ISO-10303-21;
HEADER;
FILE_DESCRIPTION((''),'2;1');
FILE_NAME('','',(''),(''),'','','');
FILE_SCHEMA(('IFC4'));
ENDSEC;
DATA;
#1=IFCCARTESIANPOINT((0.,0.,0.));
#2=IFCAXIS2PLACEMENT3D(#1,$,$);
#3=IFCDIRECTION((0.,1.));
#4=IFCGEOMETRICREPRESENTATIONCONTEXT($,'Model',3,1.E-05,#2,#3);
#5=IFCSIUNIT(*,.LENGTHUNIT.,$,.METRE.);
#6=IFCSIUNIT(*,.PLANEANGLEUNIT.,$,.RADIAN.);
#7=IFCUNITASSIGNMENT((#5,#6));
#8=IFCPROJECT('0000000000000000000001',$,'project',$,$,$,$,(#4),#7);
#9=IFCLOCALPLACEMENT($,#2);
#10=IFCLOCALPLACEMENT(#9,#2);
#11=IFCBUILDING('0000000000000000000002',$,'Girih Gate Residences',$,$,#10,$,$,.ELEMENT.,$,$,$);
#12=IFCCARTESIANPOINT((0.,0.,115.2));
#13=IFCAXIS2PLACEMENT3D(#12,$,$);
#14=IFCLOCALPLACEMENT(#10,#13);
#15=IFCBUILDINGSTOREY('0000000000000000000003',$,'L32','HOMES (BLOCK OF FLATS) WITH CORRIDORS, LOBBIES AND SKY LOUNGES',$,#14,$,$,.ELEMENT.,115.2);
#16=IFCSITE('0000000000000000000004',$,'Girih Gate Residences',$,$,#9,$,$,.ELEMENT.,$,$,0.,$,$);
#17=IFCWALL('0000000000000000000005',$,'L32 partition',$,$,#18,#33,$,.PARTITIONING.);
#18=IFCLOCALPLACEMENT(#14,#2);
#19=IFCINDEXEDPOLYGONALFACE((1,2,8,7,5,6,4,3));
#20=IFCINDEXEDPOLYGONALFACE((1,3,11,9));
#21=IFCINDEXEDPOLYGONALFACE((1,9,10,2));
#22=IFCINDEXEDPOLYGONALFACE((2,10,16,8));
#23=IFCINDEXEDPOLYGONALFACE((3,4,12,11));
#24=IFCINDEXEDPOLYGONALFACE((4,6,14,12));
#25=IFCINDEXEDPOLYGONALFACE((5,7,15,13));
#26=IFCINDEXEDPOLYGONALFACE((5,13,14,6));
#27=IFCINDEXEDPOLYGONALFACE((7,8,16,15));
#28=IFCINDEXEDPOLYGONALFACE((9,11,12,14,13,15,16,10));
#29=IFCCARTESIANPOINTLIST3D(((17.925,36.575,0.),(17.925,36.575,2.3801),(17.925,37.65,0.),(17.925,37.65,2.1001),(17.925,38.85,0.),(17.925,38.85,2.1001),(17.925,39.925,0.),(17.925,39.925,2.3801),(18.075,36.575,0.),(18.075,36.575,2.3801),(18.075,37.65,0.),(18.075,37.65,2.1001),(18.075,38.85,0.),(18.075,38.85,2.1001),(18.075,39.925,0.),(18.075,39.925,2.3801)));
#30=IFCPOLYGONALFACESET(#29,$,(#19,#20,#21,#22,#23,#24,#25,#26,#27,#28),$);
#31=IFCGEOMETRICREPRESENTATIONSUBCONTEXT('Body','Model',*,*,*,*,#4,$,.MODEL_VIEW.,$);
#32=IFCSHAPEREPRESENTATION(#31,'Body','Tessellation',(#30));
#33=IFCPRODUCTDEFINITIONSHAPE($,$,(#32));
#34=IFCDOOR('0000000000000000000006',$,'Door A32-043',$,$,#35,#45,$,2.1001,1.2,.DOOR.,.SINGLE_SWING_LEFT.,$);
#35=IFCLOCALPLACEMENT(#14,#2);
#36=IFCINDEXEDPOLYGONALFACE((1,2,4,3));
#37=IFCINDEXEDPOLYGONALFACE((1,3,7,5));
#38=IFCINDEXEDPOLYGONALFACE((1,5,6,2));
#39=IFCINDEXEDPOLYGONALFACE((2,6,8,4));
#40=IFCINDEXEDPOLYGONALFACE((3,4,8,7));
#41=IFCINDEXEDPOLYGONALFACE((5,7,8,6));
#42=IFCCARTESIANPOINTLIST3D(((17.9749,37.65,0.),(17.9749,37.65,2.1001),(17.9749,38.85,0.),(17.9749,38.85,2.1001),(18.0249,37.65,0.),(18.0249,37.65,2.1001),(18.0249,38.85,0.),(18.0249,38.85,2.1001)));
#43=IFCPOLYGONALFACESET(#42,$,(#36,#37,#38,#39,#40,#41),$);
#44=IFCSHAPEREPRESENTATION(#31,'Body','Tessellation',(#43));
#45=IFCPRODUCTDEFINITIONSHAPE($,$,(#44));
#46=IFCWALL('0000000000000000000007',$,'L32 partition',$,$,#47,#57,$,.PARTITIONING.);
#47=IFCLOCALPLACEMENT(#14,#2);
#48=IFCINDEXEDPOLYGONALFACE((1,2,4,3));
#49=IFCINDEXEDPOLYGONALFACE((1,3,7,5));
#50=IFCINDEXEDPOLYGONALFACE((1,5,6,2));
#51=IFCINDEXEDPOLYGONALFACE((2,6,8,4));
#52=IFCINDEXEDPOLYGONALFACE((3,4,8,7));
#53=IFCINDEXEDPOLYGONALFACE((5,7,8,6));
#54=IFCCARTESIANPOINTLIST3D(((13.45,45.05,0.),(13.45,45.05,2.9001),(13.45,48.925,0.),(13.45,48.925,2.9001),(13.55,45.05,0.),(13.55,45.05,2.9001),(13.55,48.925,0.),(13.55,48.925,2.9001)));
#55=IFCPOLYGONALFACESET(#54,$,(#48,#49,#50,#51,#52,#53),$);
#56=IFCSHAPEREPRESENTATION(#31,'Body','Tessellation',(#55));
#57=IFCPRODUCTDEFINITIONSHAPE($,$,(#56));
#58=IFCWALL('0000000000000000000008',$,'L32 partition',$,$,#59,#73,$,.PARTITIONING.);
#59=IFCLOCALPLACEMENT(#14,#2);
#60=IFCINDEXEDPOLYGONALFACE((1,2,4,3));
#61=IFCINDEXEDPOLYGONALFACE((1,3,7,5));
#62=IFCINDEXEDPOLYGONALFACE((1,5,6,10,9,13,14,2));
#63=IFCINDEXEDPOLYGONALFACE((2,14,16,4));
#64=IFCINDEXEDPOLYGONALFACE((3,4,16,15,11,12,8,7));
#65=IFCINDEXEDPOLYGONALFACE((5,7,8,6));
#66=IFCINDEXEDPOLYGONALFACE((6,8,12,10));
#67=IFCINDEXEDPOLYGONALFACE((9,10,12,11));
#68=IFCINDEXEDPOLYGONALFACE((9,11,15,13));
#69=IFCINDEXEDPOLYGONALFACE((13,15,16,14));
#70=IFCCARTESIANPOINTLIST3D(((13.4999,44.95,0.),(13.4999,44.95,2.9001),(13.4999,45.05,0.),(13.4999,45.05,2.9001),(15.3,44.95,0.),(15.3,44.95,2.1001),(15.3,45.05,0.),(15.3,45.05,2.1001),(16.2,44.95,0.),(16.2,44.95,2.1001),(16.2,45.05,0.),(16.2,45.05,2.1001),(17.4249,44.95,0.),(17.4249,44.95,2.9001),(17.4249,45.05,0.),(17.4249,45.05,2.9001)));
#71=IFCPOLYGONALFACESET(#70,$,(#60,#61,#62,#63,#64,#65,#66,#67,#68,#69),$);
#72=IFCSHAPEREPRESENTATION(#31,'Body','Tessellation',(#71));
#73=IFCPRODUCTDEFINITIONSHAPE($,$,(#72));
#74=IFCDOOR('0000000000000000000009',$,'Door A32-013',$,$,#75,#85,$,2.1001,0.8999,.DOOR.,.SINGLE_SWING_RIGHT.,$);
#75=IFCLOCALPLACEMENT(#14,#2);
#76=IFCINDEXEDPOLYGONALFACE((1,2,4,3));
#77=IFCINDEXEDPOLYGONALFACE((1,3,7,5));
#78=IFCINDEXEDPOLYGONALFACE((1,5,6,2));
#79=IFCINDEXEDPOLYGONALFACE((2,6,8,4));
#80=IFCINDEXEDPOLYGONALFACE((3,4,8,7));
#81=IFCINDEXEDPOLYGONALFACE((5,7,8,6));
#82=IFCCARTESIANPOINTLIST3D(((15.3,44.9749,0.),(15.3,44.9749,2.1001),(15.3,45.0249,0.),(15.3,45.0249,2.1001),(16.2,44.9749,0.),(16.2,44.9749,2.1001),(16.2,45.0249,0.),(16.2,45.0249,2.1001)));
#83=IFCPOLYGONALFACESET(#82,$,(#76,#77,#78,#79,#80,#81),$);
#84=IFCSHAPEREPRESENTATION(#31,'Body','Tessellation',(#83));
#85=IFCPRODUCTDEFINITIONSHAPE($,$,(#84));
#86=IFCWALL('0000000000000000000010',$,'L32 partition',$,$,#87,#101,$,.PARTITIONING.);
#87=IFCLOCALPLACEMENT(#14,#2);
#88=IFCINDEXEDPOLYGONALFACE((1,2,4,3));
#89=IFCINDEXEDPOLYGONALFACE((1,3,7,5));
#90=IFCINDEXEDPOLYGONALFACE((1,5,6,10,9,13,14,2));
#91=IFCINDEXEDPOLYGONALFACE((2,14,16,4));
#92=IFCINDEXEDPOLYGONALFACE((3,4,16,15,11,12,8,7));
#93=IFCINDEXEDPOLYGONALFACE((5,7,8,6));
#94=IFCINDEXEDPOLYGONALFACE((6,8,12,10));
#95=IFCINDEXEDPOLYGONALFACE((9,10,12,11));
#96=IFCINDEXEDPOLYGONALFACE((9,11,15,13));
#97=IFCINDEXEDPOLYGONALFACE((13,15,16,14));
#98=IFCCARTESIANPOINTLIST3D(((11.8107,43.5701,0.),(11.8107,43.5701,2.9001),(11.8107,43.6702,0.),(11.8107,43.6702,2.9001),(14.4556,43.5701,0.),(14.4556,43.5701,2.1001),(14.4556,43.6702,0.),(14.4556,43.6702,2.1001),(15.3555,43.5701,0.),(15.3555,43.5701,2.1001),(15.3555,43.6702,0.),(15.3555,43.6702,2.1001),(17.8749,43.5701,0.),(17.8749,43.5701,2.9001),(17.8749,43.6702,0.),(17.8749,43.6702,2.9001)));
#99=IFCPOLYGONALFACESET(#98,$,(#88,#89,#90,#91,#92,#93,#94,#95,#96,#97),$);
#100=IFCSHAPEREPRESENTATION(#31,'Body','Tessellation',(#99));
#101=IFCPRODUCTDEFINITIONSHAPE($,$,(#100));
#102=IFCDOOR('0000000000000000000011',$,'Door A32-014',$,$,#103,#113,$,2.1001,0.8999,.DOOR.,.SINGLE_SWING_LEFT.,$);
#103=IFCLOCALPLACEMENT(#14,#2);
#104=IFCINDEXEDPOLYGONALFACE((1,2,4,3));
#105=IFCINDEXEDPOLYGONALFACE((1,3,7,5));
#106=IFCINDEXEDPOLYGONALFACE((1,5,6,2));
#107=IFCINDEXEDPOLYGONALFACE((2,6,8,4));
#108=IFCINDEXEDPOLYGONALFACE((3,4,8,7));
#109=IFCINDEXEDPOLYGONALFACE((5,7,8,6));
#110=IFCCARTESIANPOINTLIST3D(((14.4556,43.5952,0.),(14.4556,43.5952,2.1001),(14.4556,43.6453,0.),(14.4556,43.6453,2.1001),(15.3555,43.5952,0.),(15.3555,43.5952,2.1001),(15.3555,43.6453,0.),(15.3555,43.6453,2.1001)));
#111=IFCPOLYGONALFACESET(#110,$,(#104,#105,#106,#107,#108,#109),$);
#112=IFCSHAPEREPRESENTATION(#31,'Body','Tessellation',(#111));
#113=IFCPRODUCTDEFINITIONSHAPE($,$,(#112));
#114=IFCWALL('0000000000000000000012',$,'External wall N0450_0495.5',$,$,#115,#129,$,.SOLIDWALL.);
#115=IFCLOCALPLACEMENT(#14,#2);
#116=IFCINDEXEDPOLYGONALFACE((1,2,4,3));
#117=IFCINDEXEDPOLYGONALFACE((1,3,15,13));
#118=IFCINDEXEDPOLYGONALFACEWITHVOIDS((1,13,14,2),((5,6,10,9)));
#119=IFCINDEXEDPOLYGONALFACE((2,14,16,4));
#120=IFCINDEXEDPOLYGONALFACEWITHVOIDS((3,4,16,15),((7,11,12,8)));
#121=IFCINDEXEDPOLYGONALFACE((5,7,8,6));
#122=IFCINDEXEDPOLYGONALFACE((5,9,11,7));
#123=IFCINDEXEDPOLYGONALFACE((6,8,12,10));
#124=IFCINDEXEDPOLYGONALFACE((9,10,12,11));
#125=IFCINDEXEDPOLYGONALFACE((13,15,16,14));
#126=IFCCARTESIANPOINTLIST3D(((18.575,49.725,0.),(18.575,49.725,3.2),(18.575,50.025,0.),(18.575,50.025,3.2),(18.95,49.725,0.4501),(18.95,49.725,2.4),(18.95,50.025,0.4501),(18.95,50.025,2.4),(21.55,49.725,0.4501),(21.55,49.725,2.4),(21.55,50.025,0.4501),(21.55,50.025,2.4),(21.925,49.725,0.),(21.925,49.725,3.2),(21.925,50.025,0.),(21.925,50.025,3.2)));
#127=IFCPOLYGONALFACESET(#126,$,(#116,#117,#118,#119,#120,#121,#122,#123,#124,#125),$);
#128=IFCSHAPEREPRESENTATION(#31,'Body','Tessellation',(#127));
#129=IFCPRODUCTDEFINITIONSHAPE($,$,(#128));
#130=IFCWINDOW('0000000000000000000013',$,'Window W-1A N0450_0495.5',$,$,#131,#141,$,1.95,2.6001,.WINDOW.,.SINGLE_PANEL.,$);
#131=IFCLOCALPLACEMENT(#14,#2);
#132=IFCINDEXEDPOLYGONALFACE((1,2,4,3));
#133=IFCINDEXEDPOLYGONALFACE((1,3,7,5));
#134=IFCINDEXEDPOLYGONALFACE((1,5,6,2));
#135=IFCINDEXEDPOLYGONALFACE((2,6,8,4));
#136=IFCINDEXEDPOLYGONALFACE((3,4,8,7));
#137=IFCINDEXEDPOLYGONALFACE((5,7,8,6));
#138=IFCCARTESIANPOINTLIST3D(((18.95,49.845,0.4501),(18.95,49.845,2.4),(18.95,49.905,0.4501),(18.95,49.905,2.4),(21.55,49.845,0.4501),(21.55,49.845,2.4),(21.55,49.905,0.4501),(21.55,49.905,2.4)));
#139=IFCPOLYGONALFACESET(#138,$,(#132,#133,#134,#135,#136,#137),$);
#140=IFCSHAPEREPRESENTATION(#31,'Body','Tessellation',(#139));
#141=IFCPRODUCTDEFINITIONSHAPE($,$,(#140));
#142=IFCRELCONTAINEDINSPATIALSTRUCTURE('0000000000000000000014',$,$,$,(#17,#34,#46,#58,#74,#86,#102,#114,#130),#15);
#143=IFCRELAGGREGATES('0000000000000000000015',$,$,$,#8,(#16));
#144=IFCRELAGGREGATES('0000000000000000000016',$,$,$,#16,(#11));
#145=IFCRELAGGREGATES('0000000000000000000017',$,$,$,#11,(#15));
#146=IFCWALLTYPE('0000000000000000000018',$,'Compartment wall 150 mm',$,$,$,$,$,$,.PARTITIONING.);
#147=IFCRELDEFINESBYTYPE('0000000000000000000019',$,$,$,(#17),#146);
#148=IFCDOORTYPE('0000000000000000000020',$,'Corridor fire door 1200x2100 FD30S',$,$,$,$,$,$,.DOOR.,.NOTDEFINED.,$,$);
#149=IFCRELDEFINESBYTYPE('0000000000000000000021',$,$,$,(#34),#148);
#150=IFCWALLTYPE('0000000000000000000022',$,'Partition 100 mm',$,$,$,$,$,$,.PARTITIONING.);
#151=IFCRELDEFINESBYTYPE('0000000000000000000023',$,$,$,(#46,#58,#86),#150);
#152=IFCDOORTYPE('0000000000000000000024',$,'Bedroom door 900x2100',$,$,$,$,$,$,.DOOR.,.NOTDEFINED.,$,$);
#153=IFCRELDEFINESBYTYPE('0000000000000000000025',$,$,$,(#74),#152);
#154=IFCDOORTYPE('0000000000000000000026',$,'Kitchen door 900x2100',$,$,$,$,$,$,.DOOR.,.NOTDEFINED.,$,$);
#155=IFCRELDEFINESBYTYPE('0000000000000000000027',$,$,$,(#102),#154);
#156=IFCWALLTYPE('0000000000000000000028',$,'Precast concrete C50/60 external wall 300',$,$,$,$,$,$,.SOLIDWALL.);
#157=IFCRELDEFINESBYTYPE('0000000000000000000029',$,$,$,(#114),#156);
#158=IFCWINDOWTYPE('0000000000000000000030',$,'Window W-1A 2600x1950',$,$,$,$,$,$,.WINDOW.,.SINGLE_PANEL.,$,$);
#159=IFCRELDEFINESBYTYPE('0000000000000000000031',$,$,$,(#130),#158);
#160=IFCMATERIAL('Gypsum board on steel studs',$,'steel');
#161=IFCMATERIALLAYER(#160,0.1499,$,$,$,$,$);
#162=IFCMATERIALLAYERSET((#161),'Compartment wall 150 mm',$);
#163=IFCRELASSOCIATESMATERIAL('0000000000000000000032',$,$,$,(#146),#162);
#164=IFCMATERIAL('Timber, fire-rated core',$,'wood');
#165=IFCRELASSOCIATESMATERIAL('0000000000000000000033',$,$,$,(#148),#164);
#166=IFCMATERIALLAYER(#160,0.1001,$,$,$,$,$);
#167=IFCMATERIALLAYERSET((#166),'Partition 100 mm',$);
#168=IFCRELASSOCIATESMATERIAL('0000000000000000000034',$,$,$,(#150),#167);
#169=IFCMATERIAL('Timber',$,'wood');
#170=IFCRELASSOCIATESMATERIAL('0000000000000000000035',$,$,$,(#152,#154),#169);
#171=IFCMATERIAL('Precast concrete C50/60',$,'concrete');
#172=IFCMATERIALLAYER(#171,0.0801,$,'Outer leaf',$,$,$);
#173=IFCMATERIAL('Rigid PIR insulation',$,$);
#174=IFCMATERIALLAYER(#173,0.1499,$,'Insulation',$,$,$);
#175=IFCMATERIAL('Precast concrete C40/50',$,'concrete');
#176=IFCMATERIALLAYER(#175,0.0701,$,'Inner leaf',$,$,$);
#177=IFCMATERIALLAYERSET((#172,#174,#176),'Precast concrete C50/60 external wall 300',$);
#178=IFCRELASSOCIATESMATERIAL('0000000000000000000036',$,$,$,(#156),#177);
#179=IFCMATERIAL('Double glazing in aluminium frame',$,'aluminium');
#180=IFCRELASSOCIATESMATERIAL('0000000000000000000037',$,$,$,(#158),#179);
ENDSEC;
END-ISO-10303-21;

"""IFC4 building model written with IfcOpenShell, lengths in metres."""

from ifc_helpers import new_model, si_unit, direction, frame, frame_2d, origin, place, context, subcontext, project, spatial, rectangle, extrude, material, layer, layer_set, type_object, element, fill, save


model = new_model("IFC4")

# Units and contexts
model_context = context("Model", 3, precision=1e-05, world=origin(), true_north=direction((0.0, 1.0)))
body_context = subcontext(model_context, "Body", "Model", "MODEL_VIEW")
ifc_project = project(units=[si_unit("LENGTHUNIT", "METRE"), si_unit("PLANEANGLEUNIT", "RADIAN")], contexts=[model_context])

# Site, building, storey
site_placement = place(None, origin())
site = spatial("IfcSite", under=ifc_project, at=site_placement, Name="Girih Gate Residences", CompositionType="ELEMENT", RefElevation=0.0)
building_placement = place(site_placement, origin())
building = spatial("IfcBuilding", under=site, at=building_placement, Name="Girih Gate Residences", CompositionType="ELEMENT")
storey_placement = place(building_placement, frame((0.0, 0.0, 115.2)))
storey = spatial("IfcBuildingStorey", under=building, at=storey_placement, Name="L32", Description="HOMES (BLOCK OF FLATS) WITH CORRIDORS, LOBBIES AND SKY LOUNGES", CompositionType="ELEMENT", Elevation=115.2)

# Shared definitions
ifc_material_1 = material(Name="Gypsum board on steel studs", Category="steel")
ifc_layer_1 = layer(ifc_material_1, 0.1499)
ifc_layer_set_1 = layer_set([ifc_layer_1], Name="Compartment wall 150 mm")
wall_type_1 = type_object("IfcWallType", Name="Compartment wall 150 mm", PredefinedType="PARTITIONING", material=ifc_layer_set_1)

# Wall, opening, door
ifc_material_2 = material(Name="Timber, fire-rated core", Category="wood")
wall_1_placement = place(storey_placement, frame((18.0, 39.925, 0.0), z_axis=(0.0, 0.0, 1.0), x_axis=(0.0, -1.0, 0.0)))
wall_1 = element("IfcWall", 1, at=wall_1_placement, inside=storey, type_object=wall_type_1, Name="L32 partition", PredefinedType="PARTITIONING", context=body_context, shape_type="SweptSolid", body=[
    extrude(rectangle(XDim=3.3501, YDim=0.1499, at=frame_2d((1.675, 0.0))), origin(), (0.0, 0.0, 1.0), 2.3801),
])
opening_1_placement = place(wall_1_placement, frame((1.075, 0.0, 0.0)))
opening_1 = element("IfcOpeningElement", 2, at=opening_1_placement, cuts=wall_1, PredefinedType="OPENING", context=body_context, shape_type="SweptSolid", body=[
    extrude(rectangle(XDim=1.2, YDim=2.1001, at=frame_2d((0.6001, 1.05))), frame((0.0, 0.085, 0.0), z_axis=(0.0, -1.0, 0.0), x_axis=(1.0, 0.0, 0.0)), (0.0, 0.0, 1.0), 0.1699),
])
door_type_1 = type_object("IfcDoorType", Name="Corridor fire door 1200x2100 FD30S", OperationType="NOTDEFINED", PredefinedType="DOOR", material=ifc_material_2)
door_1_placement = place(opening_1_placement, origin())
door_1 = element("IfcDoor", 3, at=door_1_placement, inside=storey, type_object=door_type_1, Name="Door A32-043", OperationType="SINGLE_SWING_LEFT", OverallHeight=2.1001, OverallWidth=1.2, PredefinedType="DOOR", context=body_context, shape_type="SweptSolid", body=[
    extrude(rectangle(XDim=1.2, YDim=2.1001, at=frame_2d((0.6001, 1.05))), frame((0.0, 0.0249, 0.0), z_axis=(0.0, -1.0, 0.0), x_axis=(1.0, 0.0, 0.0)), (0.0, 0.0, 1.0), 0.05),
])
fill(opening_1, door_1)

# Wall
ifc_layer_2 = layer(ifc_material_1, 0.1001)
ifc_layer_set_2 = layer_set([ifc_layer_2], Name="Partition 100 mm")
wall_type_2 = type_object("IfcWallType", Name="Partition 100 mm", PredefinedType="PARTITIONING", material=ifc_layer_set_2)
wall_2_placement = place(storey_placement, frame((13.5, 45.05, 0.0), z_axis=(0.0, 0.0, 1.0), x_axis=(0.0, 1.0, 0.0)))
element("IfcWall", 4, at=wall_2_placement, inside=storey, type_object=wall_type_2, Name="L32 partition", PredefinedType="PARTITIONING", context=body_context, shape_type="SweptSolid", body=[
    extrude(rectangle(XDim=3.875, YDim=0.1001, at=frame_2d((1.9375, 0.0))), origin(), (0.0, 0.0, 1.0), 2.9001),
])

# Walls, openings, doors
wall_3_placement = place(storey_placement, frame((13.5, 45.0, 0.0), z_axis=(0.0, 0.0, 1.0), x_axis=(1.0, 0.0, 0.0)))
wall_3 = element("IfcWall", 5, at=wall_3_placement, inside=storey, type_object=wall_type_2, Name="L32 partition", PredefinedType="PARTITIONING", context=body_context, shape_type="SweptSolid", body=[
    extrude(rectangle(XDim=3.925, YDim=0.1001, at=frame_2d((1.9624, 0.0))), origin(), (0.0, 0.0, 1.0), 2.9001),
])
opening_2_placement = place(wall_3_placement, frame((1.8, 0.0, 0.0)))
opening_2 = element("IfcOpeningElement", 6, at=opening_2_placement, cuts=wall_3, PredefinedType="OPENING", context=body_context, shape_type="SweptSolid", body=[
    extrude(rectangle(XDim=0.8999, YDim=2.1001, at=frame_2d((0.45, 1.05))), frame((0.0, 0.0601, 0.0), z_axis=(0.0, -1.0, 0.0), x_axis=(1.0, 0.0, 0.0)), (0.0, 0.0, 1.0), 0.1201),
])
ifc_material_3 = material(Name="Timber", Category="wood")
door_type_2 = type_object("IfcDoorType", Name="Bedroom door 900x2100", OperationType="NOTDEFINED", PredefinedType="DOOR", material=ifc_material_3)
door_2_placement = place(opening_2_placement, origin())
door_2 = element("IfcDoor", 7, at=door_2_placement, inside=storey, type_object=door_type_2, Name="Door A32-013", OperationType="SINGLE_SWING_RIGHT", OverallHeight=2.1001, OverallWidth=0.8999, PredefinedType="DOOR", context=body_context, shape_type="SweptSolid", body=[
    extrude(rectangle(XDim=0.8999, YDim=2.1001, at=frame_2d((0.45, 1.05))), frame((0.0, 0.0249, 0.0), z_axis=(0.0, -1.0, 0.0), x_axis=(1.0, 0.0, 0.0)), (0.0, 0.0, 1.0), 0.05),
])
fill(opening_2, door_2)
wall_4_placement = place(storey_placement, frame((17.875, 43.6201, 0.0), z_axis=(0.0, 0.0, 1.0), x_axis=(-1.0, 0.0, 0.0)))
wall_4 = element("IfcWall", 8, at=wall_4_placement, inside=storey, type_object=wall_type_2, Name="L32 partition", PredefinedType="PARTITIONING", context=body_context, shape_type="SweptSolid", body=[
    extrude(rectangle(XDim=6.0642, YDim=0.1001, at=frame_2d((3.0322, 0.0))), origin(), (0.0, 0.0, 1.0), 2.9001),
])
opening_3_placement = place(wall_4_placement, frame((2.5195, 0.0, 0.0)))
opening_3 = element("IfcOpeningElement", 9, at=opening_3_placement, cuts=wall_4, PredefinedType="OPENING", context=body_context, shape_type="SweptSolid", body=[
    extrude(rectangle(XDim=0.8999, YDim=2.1001, at=frame_2d((0.45, 1.05))), frame((0.0, 0.0601, 0.0), z_axis=(0.0, -1.0, 0.0), x_axis=(1.0, 0.0, 0.0)), (0.0, 0.0, 1.0), 0.1201),
])
door_type_3 = type_object("IfcDoorType", Name="Kitchen door 900x2100", OperationType="NOTDEFINED", PredefinedType="DOOR", material=ifc_material_3)
door_3_placement = place(opening_3_placement, origin())
door_3 = element("IfcDoor", 10, at=door_3_placement, inside=storey, type_object=door_type_3, Name="Door A32-014", OperationType="SINGLE_SWING_LEFT", OverallHeight=2.1001, OverallWidth=0.8999, PredefinedType="DOOR", context=body_context, shape_type="SweptSolid", body=[
    extrude(rectangle(XDim=0.8999, YDim=2.1001, at=frame_2d((0.45, 1.05))), frame((0.0, 0.0249, 0.0), z_axis=(0.0, -1.0, 0.0), x_axis=(1.0, 0.0, 0.0)), (0.0, 0.0, 1.0), 0.05),
])
fill(opening_3, door_3)

# Wall, opening, window
ifc_material_4 = material(Name="Precast concrete C50/60", Category="concrete")
ifc_layer_3 = layer(ifc_material_4, 0.0801, Name="Outer leaf")
ifc_material_5 = material(Name="Rigid PIR insulation")
ifc_layer_4 = layer(ifc_material_5, 0.1499, Name="Insulation")
ifc_material_6 = material(Name="Precast concrete C40/50", Category="concrete")
ifc_layer_5 = layer(ifc_material_6, 0.0701, Name="Inner leaf")
ifc_layer_set_3 = layer_set([ifc_layer_3, ifc_layer_4, ifc_layer_5], Name="Precast concrete C50/60 external wall 300")
wall_type_3 = type_object("IfcWallType", Name="Precast concrete C50/60 external wall 300", PredefinedType="SOLIDWALL", material=ifc_layer_set_3)
wall_5_placement = place(storey_placement, frame((18.575, 49.875, 0.0), z_axis=(0.0, 0.0, 1.0), x_axis=(1.0, 0.0, 0.0)))
wall_5 = element("IfcWall", 11, at=wall_5_placement, inside=storey, type_object=wall_type_3, Name="External wall N0450_0495.5", PredefinedType="SOLIDWALL", context=body_context, shape_type="SweptSolid", body=[
    extrude(rectangle(XDim=3.3501, YDim=0.3, at=frame_2d((1.675, 0.0))), origin(), (0.0, 0.0, 1.0), 3.2),
])
opening_4_placement = place(wall_5_placement, frame((0.375, 0.0, 0.45)))
opening_4 = element("IfcOpeningElement", 12, at=opening_4_placement, cuts=wall_5, PredefinedType="OPENING", context=body_context, shape_type="SweptSolid", body=[
    extrude(rectangle(XDim=2.6001, YDim=1.95, at=frame_2d((1.3, 0.9751))), frame((0.0, 0.1599, 0.0), z_axis=(0.0, -1.0, 0.0), x_axis=(1.0, 0.0, 0.0)), (0.0, 0.0, 1.0), 0.3201),
])
ifc_material_7 = material(Name="Double glazing in aluminium frame", Category="aluminium")
window_type = type_object("IfcWindowType", Name="Window W-1A 2600x1950", PartitioningType="SINGLE_PANEL", PredefinedType="WINDOW", material=ifc_material_7)
window_1_placement = place(opening_4_placement, origin())
window_1 = element("IfcWindow", 13, at=window_1_placement, inside=storey, type_object=window_type, Name="Window W-1A N0450_0495.5", OverallHeight=1.95, OverallWidth=2.6001, PartitioningType="SINGLE_PANEL", PredefinedType="WINDOW", context=body_context, shape_type="SweptSolid", body=[
    extrude(rectangle(XDim=2.6001, YDim=1.95, at=frame_2d((1.3, 0.9751))), frame((0.0, 0.03, 0.0), z_axis=(0.0, -1.0, 0.0), x_axis=(1.0, 0.0, 0.0)), (0.0, 0.0, 1.0), 0.0601),
])
fill(opening_4, window_1)

save(model, "model.ifc")
